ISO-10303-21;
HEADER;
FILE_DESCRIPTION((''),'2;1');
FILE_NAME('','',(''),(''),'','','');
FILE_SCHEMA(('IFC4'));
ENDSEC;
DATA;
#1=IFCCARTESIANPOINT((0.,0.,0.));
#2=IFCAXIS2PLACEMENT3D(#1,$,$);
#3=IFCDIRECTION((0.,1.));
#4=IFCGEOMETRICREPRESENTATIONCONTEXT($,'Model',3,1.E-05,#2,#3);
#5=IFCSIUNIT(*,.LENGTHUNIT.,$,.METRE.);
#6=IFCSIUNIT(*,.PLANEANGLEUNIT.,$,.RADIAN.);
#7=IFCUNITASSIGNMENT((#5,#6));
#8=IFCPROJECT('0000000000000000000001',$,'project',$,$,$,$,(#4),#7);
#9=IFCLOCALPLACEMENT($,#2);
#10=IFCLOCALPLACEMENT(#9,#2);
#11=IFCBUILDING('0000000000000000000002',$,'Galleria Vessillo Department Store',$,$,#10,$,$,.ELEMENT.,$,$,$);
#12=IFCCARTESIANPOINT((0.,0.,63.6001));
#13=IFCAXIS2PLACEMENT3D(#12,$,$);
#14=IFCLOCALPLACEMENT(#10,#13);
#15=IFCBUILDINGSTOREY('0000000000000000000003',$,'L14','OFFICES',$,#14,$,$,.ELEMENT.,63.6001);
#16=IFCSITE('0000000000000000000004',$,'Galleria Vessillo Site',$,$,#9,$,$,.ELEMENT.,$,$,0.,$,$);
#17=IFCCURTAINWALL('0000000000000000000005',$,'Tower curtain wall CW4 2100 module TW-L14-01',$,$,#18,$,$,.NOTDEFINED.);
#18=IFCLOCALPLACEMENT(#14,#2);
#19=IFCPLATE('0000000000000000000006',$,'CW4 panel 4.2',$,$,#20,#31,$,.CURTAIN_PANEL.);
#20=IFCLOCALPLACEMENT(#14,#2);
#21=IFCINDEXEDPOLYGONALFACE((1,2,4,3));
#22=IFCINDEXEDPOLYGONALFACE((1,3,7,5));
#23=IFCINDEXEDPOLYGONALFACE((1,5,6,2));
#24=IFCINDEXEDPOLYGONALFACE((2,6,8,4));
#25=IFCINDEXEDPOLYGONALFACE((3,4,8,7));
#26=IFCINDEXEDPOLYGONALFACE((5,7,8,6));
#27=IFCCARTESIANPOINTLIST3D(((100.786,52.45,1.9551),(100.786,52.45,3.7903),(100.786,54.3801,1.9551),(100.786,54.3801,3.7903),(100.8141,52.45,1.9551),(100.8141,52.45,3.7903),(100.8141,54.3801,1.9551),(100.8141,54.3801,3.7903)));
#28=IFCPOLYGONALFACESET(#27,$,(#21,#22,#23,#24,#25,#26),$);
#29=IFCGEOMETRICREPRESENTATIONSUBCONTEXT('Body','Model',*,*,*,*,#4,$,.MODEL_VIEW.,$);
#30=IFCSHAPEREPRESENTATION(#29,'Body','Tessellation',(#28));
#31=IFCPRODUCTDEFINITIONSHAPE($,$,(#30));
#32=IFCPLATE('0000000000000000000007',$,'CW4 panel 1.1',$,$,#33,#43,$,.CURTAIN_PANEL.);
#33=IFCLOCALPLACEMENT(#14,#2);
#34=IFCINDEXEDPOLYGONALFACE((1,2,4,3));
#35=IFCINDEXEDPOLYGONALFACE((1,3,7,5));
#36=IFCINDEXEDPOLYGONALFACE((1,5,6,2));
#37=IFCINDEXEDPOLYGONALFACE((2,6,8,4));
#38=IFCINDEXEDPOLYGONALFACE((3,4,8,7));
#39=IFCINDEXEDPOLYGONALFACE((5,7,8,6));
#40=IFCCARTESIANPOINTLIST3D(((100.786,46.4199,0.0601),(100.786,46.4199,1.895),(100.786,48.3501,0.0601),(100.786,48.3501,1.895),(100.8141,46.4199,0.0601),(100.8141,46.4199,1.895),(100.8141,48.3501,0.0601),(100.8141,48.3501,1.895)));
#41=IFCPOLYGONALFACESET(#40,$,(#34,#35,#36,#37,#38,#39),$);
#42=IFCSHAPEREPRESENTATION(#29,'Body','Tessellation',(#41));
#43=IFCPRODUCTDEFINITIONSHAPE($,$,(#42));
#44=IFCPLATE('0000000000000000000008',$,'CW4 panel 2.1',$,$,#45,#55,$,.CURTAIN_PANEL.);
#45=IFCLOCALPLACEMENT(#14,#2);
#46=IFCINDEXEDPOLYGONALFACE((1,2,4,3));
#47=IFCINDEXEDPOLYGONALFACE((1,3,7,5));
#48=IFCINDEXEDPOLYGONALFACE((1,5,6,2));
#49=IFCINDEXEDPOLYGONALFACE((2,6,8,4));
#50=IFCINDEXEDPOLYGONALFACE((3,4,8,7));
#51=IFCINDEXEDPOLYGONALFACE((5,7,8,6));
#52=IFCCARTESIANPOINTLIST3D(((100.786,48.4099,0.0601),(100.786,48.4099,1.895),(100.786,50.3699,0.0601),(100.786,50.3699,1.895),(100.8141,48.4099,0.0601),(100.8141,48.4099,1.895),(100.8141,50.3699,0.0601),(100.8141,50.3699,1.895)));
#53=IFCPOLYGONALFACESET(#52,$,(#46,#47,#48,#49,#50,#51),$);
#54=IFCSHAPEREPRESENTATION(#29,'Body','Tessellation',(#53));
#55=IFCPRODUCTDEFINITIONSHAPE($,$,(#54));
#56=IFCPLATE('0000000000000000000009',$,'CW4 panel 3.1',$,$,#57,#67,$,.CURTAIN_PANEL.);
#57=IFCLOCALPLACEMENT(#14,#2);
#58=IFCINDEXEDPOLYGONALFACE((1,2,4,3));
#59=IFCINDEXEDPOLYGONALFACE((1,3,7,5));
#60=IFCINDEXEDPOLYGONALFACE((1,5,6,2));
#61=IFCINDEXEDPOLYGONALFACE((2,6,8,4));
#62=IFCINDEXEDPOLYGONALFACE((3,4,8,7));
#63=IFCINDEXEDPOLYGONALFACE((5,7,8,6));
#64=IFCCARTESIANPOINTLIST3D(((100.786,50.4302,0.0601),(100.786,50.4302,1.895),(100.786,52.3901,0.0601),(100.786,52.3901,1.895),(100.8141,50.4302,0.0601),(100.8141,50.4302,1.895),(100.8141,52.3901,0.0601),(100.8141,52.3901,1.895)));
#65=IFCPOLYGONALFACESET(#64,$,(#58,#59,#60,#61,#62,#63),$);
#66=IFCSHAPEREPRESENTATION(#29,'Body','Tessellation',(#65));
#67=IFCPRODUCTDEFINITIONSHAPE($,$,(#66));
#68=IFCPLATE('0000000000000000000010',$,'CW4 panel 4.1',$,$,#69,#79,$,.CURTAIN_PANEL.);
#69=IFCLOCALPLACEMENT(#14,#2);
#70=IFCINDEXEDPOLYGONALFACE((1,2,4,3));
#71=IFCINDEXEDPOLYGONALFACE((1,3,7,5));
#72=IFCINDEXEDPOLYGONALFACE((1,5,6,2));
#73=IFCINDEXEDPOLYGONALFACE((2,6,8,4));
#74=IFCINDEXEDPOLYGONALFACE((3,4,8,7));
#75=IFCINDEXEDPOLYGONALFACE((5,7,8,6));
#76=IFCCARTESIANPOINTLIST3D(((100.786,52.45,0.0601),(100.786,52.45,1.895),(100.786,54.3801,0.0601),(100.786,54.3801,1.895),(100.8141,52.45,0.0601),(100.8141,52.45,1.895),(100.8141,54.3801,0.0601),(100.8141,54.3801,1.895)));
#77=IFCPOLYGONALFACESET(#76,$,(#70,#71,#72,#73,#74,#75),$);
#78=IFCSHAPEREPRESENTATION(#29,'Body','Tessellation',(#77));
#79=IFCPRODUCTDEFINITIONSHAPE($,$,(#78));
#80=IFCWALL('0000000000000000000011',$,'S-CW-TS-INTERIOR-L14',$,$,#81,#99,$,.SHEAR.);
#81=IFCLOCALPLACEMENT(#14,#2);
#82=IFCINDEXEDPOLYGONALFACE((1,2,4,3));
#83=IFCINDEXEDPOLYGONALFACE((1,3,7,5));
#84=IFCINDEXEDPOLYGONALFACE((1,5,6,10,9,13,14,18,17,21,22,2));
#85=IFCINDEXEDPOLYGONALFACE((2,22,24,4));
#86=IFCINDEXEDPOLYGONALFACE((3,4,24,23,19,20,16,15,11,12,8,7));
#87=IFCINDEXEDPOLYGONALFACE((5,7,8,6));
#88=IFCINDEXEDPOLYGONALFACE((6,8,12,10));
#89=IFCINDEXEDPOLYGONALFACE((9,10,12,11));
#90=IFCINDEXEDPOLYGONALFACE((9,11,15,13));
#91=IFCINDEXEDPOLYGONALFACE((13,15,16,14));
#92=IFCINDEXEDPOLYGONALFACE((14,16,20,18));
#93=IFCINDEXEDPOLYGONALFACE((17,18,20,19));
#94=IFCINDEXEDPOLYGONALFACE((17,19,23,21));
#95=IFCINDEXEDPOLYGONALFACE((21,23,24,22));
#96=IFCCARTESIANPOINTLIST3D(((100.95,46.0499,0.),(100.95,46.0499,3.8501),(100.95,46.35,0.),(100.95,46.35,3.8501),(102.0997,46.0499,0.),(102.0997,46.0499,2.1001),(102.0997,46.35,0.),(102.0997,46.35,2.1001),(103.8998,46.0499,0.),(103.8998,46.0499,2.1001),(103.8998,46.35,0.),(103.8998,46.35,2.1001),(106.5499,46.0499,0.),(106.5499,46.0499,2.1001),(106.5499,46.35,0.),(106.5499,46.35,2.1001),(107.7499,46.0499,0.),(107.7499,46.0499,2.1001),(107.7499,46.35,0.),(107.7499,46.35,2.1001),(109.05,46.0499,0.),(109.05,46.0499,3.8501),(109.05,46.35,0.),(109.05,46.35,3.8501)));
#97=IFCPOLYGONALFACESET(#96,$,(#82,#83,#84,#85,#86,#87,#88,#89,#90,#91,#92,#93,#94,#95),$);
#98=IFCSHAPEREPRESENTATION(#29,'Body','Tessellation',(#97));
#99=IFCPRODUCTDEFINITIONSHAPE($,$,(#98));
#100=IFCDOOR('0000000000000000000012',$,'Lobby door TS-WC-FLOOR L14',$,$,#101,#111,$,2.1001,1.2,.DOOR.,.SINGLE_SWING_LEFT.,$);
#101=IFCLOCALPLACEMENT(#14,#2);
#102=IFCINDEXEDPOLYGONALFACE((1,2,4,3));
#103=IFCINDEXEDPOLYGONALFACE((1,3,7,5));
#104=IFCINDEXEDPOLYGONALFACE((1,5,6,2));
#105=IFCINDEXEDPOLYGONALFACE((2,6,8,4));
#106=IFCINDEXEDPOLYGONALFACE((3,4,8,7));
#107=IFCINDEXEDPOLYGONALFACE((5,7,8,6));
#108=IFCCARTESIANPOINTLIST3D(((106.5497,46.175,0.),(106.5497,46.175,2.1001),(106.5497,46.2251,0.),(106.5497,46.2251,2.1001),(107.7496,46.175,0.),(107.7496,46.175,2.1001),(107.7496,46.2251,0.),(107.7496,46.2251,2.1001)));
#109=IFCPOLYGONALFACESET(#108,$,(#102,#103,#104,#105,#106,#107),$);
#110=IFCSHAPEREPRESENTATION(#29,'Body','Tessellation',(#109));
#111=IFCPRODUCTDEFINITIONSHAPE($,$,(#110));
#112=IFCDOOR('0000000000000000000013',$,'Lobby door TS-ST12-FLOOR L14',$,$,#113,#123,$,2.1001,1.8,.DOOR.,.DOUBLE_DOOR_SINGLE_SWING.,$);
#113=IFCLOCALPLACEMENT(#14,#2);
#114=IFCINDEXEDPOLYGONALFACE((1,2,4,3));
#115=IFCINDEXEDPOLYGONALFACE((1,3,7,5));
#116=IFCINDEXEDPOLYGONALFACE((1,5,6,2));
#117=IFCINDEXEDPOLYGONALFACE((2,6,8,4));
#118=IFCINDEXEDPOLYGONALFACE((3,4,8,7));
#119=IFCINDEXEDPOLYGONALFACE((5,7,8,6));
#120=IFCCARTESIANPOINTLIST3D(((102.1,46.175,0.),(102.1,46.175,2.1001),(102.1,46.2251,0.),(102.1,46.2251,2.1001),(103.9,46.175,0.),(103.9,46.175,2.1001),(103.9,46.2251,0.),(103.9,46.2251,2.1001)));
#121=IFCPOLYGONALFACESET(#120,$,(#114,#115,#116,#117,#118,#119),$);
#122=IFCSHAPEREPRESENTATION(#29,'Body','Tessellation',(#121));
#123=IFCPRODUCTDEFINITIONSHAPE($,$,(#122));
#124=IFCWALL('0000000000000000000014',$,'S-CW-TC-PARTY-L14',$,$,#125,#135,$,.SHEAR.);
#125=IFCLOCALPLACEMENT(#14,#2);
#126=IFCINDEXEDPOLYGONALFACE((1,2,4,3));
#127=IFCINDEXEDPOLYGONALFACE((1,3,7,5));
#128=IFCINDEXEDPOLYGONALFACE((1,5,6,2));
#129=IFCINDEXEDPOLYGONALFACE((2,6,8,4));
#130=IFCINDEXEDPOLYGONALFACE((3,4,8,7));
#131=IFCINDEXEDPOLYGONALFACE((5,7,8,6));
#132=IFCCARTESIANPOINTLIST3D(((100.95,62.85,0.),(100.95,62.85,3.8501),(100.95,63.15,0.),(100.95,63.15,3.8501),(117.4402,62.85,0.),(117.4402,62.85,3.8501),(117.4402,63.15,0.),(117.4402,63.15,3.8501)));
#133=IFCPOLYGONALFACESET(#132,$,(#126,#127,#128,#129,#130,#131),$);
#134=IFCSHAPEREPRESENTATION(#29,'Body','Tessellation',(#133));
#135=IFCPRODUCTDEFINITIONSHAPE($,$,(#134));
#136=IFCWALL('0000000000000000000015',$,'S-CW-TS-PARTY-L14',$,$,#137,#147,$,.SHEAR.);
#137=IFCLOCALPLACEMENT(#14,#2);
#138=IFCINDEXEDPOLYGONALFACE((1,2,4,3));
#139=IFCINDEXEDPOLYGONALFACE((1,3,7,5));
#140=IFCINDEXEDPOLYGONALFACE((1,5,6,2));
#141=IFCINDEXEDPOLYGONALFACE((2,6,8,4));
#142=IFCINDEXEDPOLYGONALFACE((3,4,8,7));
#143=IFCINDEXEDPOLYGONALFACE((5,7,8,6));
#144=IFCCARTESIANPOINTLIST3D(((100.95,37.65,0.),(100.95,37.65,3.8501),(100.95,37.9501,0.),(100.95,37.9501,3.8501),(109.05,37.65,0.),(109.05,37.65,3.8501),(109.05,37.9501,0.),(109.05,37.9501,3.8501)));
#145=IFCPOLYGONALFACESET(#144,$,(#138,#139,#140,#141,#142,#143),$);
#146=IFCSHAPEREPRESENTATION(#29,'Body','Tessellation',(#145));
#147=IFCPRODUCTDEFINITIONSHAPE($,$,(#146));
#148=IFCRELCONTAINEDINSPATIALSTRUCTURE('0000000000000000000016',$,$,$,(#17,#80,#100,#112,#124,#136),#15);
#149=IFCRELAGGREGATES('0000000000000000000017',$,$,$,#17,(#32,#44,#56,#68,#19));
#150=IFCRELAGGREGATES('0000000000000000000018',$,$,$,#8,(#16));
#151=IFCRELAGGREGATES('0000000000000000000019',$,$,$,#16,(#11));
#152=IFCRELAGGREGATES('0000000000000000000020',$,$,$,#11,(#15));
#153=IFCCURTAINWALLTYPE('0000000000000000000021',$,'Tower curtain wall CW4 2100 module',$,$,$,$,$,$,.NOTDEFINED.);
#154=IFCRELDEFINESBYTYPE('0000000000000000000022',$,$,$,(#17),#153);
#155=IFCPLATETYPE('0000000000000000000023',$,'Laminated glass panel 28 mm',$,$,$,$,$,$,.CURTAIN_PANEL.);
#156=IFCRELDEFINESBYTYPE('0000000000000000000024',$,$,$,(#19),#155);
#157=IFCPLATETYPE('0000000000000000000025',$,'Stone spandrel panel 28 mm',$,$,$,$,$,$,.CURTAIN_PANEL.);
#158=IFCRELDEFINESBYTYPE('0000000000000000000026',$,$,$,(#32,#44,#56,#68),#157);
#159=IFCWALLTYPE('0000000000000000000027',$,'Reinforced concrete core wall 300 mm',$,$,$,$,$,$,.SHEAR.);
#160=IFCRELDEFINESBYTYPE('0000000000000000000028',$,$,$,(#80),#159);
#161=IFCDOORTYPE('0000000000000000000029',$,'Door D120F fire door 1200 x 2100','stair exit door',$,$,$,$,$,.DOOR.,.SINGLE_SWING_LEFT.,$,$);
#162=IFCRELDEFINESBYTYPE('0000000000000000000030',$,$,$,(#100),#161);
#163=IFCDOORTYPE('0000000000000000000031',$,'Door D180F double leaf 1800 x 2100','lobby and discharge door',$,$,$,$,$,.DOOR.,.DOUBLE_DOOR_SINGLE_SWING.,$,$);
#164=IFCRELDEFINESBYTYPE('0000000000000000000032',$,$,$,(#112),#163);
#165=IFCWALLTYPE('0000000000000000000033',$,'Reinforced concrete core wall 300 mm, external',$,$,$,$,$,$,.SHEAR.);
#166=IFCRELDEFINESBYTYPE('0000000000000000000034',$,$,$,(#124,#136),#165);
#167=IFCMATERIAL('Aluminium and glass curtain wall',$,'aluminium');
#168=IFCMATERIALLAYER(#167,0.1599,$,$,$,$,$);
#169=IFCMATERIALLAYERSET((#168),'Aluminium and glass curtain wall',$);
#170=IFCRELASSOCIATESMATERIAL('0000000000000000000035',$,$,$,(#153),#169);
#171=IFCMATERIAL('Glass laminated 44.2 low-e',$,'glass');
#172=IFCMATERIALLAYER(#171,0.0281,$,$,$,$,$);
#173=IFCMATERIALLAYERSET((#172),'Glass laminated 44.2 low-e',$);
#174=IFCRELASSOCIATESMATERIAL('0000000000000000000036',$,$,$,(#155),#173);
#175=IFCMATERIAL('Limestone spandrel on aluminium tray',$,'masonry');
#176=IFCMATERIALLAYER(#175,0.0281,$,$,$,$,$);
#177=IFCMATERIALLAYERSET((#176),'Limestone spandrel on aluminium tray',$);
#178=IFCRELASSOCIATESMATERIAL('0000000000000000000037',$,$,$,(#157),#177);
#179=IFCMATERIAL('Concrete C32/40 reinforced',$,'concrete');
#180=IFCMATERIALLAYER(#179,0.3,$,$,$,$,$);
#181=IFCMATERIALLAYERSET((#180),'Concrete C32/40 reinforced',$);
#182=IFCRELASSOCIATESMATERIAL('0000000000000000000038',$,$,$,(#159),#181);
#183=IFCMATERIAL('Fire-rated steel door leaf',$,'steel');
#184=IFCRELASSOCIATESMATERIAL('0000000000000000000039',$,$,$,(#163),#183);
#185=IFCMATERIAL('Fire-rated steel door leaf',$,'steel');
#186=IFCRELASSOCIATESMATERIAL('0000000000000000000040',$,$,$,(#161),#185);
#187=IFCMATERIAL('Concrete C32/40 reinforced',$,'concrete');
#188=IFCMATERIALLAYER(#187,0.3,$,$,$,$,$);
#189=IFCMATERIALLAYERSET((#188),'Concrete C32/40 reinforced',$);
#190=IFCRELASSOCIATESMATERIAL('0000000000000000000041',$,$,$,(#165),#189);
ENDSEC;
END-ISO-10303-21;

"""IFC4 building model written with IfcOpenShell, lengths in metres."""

from ifc_helpers import new_model, si_unit, direction, frame, frame_2d, origin, origin_2d, place, context, subcontext, project, spatial, rectangle, extrude, material, layer, layer_set, type_object, element, fill, aggregate, save


model = new_model("IFC4")

# Units and contexts
model_context = context("Model", 3, precision=1e-05, world=origin(), true_north=direction((0.0, 1.0)))
body_context = subcontext(model_context, "Body", "Model", "MODEL_VIEW")
ifc_project = project(units=[si_unit("LENGTHUNIT", "METRE"), si_unit("PLANEANGLEUNIT", "RADIAN")], contexts=[model_context])

# Site, building, storey
site_placement = place(None, origin())
site = spatial("IfcSite", under=ifc_project, at=site_placement, Name="Galleria Vessillo Site", CompositionType="ELEMENT", RefElevation=0.0)
building_placement = place(site_placement, origin())
building = spatial("IfcBuilding", under=site, at=building_placement, Name="Galleria Vessillo Department Store", CompositionType="ELEMENT")
storey_placement = place(building_placement, frame((0.0, 0.0, 63.6001)))
storey = spatial("IfcBuildingStorey", under=building, at=storey_placement, Name="L14", Description="OFFICES", CompositionType="ELEMENT", Elevation=63.6001)

# Curtain wall, plates
ifc_material_1 = material(Name="Aluminium and glass curtain wall", Category="aluminium")
ifc_layer_1 = layer(ifc_material_1, 0.1599)
ifc_layer_set_1 = layer_set([ifc_layer_1], Name="Aluminium and glass curtain wall")
curtain_wall_type = type_object("IfcCurtainWallType", Name="Tower curtain wall CW4 2100 module", PredefinedType="NOTDEFINED", material=ifc_layer_set_1)
curtain_wall_placement = place(storey_placement, origin())
curtain_wall = element("IfcCurtainWall", 1, at=curtain_wall_placement, inside=storey, type_object=curtain_wall_type, Name="Tower curtain wall CW4 2100 module TW-L14-01", PredefinedType="NOTDEFINED")
ifc_material_2 = material(Name="Glass laminated 44.2 low-e", Category="glass")
ifc_layer_2 = layer(ifc_material_2, 0.0281)
ifc_layer_set_2 = layer_set([ifc_layer_2], Name="Glass laminated 44.2 low-e")
plate_type_1 = type_object("IfcPlateType", Name="Laminated glass panel 28 mm", PredefinedType="CURTAIN_PANEL", material=ifc_layer_set_2)
plate_1_placement = place(storey_placement, frame((100.8, 53.415, 1.9551), z_axis=(0.0, 0.0, 1.0), x_axis=(0.0, 1.0, 0.0)))
plate_1 = element("IfcPlate", 2, at=plate_1_placement, type_object=plate_type_1, Name="CW4 panel 4.2", PredefinedType="CURTAIN_PANEL", context=body_context, shape_type="SweptSolid", body=[
    extrude(rectangle(XDim=1.9302, YDim=0.0281, at=origin_2d()), origin(), (0.0, 0.0, 1.0), 1.8352),
])
ifc_material_3 = material(Name="Limestone spandrel on aluminium tray", Category="masonry")
ifc_layer_3 = layer(ifc_material_3, 0.0281)
ifc_layer_set_3 = layer_set([ifc_layer_3], Name="Limestone spandrel on aluminium tray")
plate_type_2 = type_object("IfcPlateType", Name="Stone spandrel panel 28 mm", PredefinedType="CURTAIN_PANEL", material=ifc_layer_set_3)
plate_2_placement = place(storey_placement, frame((100.8, 47.385, 0.0601), z_axis=(0.0, 0.0, 1.0), x_axis=(0.0, 1.0, 0.0)))
plate_2 = element("IfcPlate", 3, at=plate_2_placement, type_object=plate_type_2, Name="CW4 panel 1.1", PredefinedType="CURTAIN_PANEL", context=body_context, shape_type="SweptSolid", body=[
    extrude(rectangle(XDim=1.9302, YDim=0.0281, at=origin_2d()), origin(), (0.0, 0.0, 1.0), 1.835),
])
plate_3_placement = place(storey_placement, frame((100.8, 49.3899, 0.0601), z_axis=(0.0, 0.0, 1.0), x_axis=(0.0, 1.0, 0.0)))
plate_3 = element("IfcPlate", 4, at=plate_3_placement, type_object=plate_type_2, Name="CW4 panel 2.1", PredefinedType="CURTAIN_PANEL", context=body_context, shape_type="SweptSolid", body=[
    extrude(rectangle(XDim=1.96, YDim=0.0281, at=origin_2d()), origin(), (0.0, 0.0, 1.0), 1.835),
])
plate_4_placement = place(storey_placement, frame((100.8, 51.4102, 0.0601), z_axis=(0.0, 0.0, 1.0), x_axis=(0.0, 1.0, 0.0)))
plate_4 = element("IfcPlate", 5, at=plate_4_placement, type_object=plate_type_2, Name="CW4 panel 3.1", PredefinedType="CURTAIN_PANEL", context=body_context, shape_type="SweptSolid", body=[
    extrude(rectangle(XDim=1.96, YDim=0.0281, at=origin_2d()), origin(), (0.0, 0.0, 1.0), 1.835),
])
plate_5_placement = place(storey_placement, frame((100.8, 53.415, 0.0601), z_axis=(0.0, 0.0, 1.0), x_axis=(0.0, 1.0, 0.0)))
plate_5 = element("IfcPlate", 6, at=plate_5_placement, type_object=plate_type_2, Name="CW4 panel 4.1", PredefinedType="CURTAIN_PANEL", context=body_context, shape_type="SweptSolid", body=[
    extrude(rectangle(XDim=1.9302, YDim=0.0281, at=origin_2d()), origin(), (0.0, 0.0, 1.0), 1.835),
])
aggregate(curtain_wall, [plate_2, plate_3, plate_4, plate_5, plate_1])

# Wall, openings, doors
ifc_material_4 = material(Name="Concrete C32/40 reinforced", Category="concrete")
ifc_layer_4 = layer(ifc_material_4, 0.3)
ifc_layer_set_4 = layer_set([ifc_layer_4], Name="Concrete C32/40 reinforced")
wall_type_1 = type_object("IfcWallType", Name="Reinforced concrete core wall 300 mm", PredefinedType="SHEAR", material=ifc_layer_set_4)
ifc_material_5 = material(Name="Fire-rated steel door leaf", Category="steel")
door_type_1 = type_object("IfcDoorType", Name="Door D180F double leaf 1800 x 2100", Description="lobby and discharge door", OperationType="DOUBLE_DOOR_SINGLE_SWING", PredefinedType="DOOR", material=ifc_material_5)
wall_1_placement = place(storey_placement, frame((100.95, 46.2, 0.0), z_axis=(0.0, 0.0, 1.0), x_axis=(1.0, 0.0, 0.0)))
wall_1 = element("IfcWall", 7, at=wall_1_placement, inside=storey, type_object=wall_type_1, Name="S-CW-TS-INTERIOR-L14", PredefinedType="SHEAR", context=body_context, shape_type="SweptSolid", body=[
    extrude(rectangle(XDim=8.1001, YDim=0.3, at=frame_2d((4.05, 0.0))), origin(), (0.0, 0.0, 1.0), 3.8501),
])
opening_1_placement = place(wall_1_placement, frame((1.1499, 0.0, 0.0)))
opening_1 = element("IfcOpeningElement", 8, at=opening_1_placement, cuts=wall_1, PredefinedType="OPENING", context=body_context, shape_type="SweptSolid", body=[
    extrude(rectangle(XDim=1.8, YDim=2.1001, at=frame_2d((0.8999, 1.05))), frame((0.0, 0.1602, 0.0), z_axis=(0.0, -1.0, 0.0), x_axis=(1.0, 0.0, 0.0)), (0.0, 0.0, 1.0), 0.3201),
])
opening_2_placement = place(wall_1_placement, frame((5.5999, 0.0, 0.0)))
opening_2 = element("IfcOpeningElement", 9, at=opening_2_placement, cuts=wall_1, PredefinedType="OPENING", context=body_context, shape_type="SweptSolid", body=[
    extrude(rectangle(XDim=1.2, YDim=2.1001, at=frame_2d((0.6001, 1.05))), frame((0.0, 0.1602, 0.0), z_axis=(0.0, -1.0, 0.0), x_axis=(1.0, 0.0, 0.0)), (0.0, 0.0, 1.0), 0.3201),
])
ifc_material_6 = material(Name="Fire-rated steel door leaf", Category="steel")
door_type_2 = type_object("IfcDoorType", Name="Door D120F fire door 1200 x 2100", Description="stair exit door", OperationType="SINGLE_SWING_LEFT", PredefinedType="DOOR", material=ifc_material_6)
door_1_placement = place(opening_2_placement, frame((1.2, 0.0, 0.0), z_axis=(0.0, 0.0, 1.0), x_axis=(-1.0, 0.0, 0.0)))
door_1 = element("IfcDoor", 10, at=door_1_placement, inside=storey, type_object=door_type_2, Name="Lobby door TS-WC-FLOOR L14", OperationType="SINGLE_SWING_LEFT", OverallHeight=2.1001, OverallWidth=1.2, PredefinedType="DOOR", context=body_context, shape_type="SweptSolid", body=[
    extrude(rectangle(XDim=1.2, YDim=2.1001, at=frame_2d((0.6001, 1.05))), frame((0.0, 0.0249, 0.0), z_axis=(0.0, -1.0, 0.0), x_axis=(1.0, 0.0, 0.0)), (0.0, 0.0, 1.0), 0.05),
])
fill(opening_2, door_1)
door_2_placement = place(opening_1_placement, frame((1.8, 0.0, 0.0), z_axis=(0.0, 0.0, 1.0), x_axis=(-1.0, 0.0, 0.0)))
door_2 = element("IfcDoor", 11, at=door_2_placement, inside=storey, type_object=door_type_1, Name="Lobby door TS-ST12-FLOOR L14", OperationType="DOUBLE_DOOR_SINGLE_SWING", OverallHeight=2.1001, OverallWidth=1.8, PredefinedType="DOOR", context=body_context, shape_type="SweptSolid", body=[
    extrude(rectangle(XDim=1.8, YDim=2.1001, at=frame_2d((0.8999, 1.05))), frame((0.0, 0.0249, 0.0), z_axis=(0.0, -1.0, 0.0), x_axis=(1.0, 0.0, 0.0)), (0.0, 0.0, 1.0), 0.05),
])
fill(opening_1, door_2)

# Walls
ifc_material_7 = material(Name="Concrete C32/40 reinforced", Category="concrete")
ifc_layer_5 = layer(ifc_material_7, 0.3)
ifc_layer_set_5 = layer_set([ifc_layer_5], Name="Concrete C32/40 reinforced")
wall_type_2 = type_object("IfcWallType", Name="Reinforced concrete core wall 300 mm, external", PredefinedType="SHEAR", material=ifc_layer_set_5)
wall_2_placement = place(storey_placement, frame((100.95, 63.0, 0.0), z_axis=(0.0, 0.0, 1.0), x_axis=(1.0, 0.0, 0.0)))
element("IfcWall", 12, at=wall_2_placement, inside=storey, type_object=wall_type_2, Name="S-CW-TC-PARTY-L14", PredefinedType="SHEAR", context=body_context, shape_type="SweptSolid", body=[
    extrude(rectangle(XDim=16.4902, YDim=0.3, at=frame_2d((8.2451, 0.0))), origin(), (0.0, 0.0, 1.0), 3.8501),
])
wall_3_placement = place(storey_placement, frame((100.95, 37.8, 0.0), z_axis=(0.0, 0.0, 1.0), x_axis=(1.0, 0.0, 0.0)))
element("IfcWall", 13, at=wall_3_placement, inside=storey, type_object=wall_type_2, Name="S-CW-TS-PARTY-L14", PredefinedType="SHEAR", context=body_context, shape_type="SweptSolid", body=[
    extrude(rectangle(XDim=8.1001, YDim=0.3, at=frame_2d((4.05, 0.0))), origin(), (0.0, 0.0, 1.0), 3.8501),
])

save(model, "model.ifc")
